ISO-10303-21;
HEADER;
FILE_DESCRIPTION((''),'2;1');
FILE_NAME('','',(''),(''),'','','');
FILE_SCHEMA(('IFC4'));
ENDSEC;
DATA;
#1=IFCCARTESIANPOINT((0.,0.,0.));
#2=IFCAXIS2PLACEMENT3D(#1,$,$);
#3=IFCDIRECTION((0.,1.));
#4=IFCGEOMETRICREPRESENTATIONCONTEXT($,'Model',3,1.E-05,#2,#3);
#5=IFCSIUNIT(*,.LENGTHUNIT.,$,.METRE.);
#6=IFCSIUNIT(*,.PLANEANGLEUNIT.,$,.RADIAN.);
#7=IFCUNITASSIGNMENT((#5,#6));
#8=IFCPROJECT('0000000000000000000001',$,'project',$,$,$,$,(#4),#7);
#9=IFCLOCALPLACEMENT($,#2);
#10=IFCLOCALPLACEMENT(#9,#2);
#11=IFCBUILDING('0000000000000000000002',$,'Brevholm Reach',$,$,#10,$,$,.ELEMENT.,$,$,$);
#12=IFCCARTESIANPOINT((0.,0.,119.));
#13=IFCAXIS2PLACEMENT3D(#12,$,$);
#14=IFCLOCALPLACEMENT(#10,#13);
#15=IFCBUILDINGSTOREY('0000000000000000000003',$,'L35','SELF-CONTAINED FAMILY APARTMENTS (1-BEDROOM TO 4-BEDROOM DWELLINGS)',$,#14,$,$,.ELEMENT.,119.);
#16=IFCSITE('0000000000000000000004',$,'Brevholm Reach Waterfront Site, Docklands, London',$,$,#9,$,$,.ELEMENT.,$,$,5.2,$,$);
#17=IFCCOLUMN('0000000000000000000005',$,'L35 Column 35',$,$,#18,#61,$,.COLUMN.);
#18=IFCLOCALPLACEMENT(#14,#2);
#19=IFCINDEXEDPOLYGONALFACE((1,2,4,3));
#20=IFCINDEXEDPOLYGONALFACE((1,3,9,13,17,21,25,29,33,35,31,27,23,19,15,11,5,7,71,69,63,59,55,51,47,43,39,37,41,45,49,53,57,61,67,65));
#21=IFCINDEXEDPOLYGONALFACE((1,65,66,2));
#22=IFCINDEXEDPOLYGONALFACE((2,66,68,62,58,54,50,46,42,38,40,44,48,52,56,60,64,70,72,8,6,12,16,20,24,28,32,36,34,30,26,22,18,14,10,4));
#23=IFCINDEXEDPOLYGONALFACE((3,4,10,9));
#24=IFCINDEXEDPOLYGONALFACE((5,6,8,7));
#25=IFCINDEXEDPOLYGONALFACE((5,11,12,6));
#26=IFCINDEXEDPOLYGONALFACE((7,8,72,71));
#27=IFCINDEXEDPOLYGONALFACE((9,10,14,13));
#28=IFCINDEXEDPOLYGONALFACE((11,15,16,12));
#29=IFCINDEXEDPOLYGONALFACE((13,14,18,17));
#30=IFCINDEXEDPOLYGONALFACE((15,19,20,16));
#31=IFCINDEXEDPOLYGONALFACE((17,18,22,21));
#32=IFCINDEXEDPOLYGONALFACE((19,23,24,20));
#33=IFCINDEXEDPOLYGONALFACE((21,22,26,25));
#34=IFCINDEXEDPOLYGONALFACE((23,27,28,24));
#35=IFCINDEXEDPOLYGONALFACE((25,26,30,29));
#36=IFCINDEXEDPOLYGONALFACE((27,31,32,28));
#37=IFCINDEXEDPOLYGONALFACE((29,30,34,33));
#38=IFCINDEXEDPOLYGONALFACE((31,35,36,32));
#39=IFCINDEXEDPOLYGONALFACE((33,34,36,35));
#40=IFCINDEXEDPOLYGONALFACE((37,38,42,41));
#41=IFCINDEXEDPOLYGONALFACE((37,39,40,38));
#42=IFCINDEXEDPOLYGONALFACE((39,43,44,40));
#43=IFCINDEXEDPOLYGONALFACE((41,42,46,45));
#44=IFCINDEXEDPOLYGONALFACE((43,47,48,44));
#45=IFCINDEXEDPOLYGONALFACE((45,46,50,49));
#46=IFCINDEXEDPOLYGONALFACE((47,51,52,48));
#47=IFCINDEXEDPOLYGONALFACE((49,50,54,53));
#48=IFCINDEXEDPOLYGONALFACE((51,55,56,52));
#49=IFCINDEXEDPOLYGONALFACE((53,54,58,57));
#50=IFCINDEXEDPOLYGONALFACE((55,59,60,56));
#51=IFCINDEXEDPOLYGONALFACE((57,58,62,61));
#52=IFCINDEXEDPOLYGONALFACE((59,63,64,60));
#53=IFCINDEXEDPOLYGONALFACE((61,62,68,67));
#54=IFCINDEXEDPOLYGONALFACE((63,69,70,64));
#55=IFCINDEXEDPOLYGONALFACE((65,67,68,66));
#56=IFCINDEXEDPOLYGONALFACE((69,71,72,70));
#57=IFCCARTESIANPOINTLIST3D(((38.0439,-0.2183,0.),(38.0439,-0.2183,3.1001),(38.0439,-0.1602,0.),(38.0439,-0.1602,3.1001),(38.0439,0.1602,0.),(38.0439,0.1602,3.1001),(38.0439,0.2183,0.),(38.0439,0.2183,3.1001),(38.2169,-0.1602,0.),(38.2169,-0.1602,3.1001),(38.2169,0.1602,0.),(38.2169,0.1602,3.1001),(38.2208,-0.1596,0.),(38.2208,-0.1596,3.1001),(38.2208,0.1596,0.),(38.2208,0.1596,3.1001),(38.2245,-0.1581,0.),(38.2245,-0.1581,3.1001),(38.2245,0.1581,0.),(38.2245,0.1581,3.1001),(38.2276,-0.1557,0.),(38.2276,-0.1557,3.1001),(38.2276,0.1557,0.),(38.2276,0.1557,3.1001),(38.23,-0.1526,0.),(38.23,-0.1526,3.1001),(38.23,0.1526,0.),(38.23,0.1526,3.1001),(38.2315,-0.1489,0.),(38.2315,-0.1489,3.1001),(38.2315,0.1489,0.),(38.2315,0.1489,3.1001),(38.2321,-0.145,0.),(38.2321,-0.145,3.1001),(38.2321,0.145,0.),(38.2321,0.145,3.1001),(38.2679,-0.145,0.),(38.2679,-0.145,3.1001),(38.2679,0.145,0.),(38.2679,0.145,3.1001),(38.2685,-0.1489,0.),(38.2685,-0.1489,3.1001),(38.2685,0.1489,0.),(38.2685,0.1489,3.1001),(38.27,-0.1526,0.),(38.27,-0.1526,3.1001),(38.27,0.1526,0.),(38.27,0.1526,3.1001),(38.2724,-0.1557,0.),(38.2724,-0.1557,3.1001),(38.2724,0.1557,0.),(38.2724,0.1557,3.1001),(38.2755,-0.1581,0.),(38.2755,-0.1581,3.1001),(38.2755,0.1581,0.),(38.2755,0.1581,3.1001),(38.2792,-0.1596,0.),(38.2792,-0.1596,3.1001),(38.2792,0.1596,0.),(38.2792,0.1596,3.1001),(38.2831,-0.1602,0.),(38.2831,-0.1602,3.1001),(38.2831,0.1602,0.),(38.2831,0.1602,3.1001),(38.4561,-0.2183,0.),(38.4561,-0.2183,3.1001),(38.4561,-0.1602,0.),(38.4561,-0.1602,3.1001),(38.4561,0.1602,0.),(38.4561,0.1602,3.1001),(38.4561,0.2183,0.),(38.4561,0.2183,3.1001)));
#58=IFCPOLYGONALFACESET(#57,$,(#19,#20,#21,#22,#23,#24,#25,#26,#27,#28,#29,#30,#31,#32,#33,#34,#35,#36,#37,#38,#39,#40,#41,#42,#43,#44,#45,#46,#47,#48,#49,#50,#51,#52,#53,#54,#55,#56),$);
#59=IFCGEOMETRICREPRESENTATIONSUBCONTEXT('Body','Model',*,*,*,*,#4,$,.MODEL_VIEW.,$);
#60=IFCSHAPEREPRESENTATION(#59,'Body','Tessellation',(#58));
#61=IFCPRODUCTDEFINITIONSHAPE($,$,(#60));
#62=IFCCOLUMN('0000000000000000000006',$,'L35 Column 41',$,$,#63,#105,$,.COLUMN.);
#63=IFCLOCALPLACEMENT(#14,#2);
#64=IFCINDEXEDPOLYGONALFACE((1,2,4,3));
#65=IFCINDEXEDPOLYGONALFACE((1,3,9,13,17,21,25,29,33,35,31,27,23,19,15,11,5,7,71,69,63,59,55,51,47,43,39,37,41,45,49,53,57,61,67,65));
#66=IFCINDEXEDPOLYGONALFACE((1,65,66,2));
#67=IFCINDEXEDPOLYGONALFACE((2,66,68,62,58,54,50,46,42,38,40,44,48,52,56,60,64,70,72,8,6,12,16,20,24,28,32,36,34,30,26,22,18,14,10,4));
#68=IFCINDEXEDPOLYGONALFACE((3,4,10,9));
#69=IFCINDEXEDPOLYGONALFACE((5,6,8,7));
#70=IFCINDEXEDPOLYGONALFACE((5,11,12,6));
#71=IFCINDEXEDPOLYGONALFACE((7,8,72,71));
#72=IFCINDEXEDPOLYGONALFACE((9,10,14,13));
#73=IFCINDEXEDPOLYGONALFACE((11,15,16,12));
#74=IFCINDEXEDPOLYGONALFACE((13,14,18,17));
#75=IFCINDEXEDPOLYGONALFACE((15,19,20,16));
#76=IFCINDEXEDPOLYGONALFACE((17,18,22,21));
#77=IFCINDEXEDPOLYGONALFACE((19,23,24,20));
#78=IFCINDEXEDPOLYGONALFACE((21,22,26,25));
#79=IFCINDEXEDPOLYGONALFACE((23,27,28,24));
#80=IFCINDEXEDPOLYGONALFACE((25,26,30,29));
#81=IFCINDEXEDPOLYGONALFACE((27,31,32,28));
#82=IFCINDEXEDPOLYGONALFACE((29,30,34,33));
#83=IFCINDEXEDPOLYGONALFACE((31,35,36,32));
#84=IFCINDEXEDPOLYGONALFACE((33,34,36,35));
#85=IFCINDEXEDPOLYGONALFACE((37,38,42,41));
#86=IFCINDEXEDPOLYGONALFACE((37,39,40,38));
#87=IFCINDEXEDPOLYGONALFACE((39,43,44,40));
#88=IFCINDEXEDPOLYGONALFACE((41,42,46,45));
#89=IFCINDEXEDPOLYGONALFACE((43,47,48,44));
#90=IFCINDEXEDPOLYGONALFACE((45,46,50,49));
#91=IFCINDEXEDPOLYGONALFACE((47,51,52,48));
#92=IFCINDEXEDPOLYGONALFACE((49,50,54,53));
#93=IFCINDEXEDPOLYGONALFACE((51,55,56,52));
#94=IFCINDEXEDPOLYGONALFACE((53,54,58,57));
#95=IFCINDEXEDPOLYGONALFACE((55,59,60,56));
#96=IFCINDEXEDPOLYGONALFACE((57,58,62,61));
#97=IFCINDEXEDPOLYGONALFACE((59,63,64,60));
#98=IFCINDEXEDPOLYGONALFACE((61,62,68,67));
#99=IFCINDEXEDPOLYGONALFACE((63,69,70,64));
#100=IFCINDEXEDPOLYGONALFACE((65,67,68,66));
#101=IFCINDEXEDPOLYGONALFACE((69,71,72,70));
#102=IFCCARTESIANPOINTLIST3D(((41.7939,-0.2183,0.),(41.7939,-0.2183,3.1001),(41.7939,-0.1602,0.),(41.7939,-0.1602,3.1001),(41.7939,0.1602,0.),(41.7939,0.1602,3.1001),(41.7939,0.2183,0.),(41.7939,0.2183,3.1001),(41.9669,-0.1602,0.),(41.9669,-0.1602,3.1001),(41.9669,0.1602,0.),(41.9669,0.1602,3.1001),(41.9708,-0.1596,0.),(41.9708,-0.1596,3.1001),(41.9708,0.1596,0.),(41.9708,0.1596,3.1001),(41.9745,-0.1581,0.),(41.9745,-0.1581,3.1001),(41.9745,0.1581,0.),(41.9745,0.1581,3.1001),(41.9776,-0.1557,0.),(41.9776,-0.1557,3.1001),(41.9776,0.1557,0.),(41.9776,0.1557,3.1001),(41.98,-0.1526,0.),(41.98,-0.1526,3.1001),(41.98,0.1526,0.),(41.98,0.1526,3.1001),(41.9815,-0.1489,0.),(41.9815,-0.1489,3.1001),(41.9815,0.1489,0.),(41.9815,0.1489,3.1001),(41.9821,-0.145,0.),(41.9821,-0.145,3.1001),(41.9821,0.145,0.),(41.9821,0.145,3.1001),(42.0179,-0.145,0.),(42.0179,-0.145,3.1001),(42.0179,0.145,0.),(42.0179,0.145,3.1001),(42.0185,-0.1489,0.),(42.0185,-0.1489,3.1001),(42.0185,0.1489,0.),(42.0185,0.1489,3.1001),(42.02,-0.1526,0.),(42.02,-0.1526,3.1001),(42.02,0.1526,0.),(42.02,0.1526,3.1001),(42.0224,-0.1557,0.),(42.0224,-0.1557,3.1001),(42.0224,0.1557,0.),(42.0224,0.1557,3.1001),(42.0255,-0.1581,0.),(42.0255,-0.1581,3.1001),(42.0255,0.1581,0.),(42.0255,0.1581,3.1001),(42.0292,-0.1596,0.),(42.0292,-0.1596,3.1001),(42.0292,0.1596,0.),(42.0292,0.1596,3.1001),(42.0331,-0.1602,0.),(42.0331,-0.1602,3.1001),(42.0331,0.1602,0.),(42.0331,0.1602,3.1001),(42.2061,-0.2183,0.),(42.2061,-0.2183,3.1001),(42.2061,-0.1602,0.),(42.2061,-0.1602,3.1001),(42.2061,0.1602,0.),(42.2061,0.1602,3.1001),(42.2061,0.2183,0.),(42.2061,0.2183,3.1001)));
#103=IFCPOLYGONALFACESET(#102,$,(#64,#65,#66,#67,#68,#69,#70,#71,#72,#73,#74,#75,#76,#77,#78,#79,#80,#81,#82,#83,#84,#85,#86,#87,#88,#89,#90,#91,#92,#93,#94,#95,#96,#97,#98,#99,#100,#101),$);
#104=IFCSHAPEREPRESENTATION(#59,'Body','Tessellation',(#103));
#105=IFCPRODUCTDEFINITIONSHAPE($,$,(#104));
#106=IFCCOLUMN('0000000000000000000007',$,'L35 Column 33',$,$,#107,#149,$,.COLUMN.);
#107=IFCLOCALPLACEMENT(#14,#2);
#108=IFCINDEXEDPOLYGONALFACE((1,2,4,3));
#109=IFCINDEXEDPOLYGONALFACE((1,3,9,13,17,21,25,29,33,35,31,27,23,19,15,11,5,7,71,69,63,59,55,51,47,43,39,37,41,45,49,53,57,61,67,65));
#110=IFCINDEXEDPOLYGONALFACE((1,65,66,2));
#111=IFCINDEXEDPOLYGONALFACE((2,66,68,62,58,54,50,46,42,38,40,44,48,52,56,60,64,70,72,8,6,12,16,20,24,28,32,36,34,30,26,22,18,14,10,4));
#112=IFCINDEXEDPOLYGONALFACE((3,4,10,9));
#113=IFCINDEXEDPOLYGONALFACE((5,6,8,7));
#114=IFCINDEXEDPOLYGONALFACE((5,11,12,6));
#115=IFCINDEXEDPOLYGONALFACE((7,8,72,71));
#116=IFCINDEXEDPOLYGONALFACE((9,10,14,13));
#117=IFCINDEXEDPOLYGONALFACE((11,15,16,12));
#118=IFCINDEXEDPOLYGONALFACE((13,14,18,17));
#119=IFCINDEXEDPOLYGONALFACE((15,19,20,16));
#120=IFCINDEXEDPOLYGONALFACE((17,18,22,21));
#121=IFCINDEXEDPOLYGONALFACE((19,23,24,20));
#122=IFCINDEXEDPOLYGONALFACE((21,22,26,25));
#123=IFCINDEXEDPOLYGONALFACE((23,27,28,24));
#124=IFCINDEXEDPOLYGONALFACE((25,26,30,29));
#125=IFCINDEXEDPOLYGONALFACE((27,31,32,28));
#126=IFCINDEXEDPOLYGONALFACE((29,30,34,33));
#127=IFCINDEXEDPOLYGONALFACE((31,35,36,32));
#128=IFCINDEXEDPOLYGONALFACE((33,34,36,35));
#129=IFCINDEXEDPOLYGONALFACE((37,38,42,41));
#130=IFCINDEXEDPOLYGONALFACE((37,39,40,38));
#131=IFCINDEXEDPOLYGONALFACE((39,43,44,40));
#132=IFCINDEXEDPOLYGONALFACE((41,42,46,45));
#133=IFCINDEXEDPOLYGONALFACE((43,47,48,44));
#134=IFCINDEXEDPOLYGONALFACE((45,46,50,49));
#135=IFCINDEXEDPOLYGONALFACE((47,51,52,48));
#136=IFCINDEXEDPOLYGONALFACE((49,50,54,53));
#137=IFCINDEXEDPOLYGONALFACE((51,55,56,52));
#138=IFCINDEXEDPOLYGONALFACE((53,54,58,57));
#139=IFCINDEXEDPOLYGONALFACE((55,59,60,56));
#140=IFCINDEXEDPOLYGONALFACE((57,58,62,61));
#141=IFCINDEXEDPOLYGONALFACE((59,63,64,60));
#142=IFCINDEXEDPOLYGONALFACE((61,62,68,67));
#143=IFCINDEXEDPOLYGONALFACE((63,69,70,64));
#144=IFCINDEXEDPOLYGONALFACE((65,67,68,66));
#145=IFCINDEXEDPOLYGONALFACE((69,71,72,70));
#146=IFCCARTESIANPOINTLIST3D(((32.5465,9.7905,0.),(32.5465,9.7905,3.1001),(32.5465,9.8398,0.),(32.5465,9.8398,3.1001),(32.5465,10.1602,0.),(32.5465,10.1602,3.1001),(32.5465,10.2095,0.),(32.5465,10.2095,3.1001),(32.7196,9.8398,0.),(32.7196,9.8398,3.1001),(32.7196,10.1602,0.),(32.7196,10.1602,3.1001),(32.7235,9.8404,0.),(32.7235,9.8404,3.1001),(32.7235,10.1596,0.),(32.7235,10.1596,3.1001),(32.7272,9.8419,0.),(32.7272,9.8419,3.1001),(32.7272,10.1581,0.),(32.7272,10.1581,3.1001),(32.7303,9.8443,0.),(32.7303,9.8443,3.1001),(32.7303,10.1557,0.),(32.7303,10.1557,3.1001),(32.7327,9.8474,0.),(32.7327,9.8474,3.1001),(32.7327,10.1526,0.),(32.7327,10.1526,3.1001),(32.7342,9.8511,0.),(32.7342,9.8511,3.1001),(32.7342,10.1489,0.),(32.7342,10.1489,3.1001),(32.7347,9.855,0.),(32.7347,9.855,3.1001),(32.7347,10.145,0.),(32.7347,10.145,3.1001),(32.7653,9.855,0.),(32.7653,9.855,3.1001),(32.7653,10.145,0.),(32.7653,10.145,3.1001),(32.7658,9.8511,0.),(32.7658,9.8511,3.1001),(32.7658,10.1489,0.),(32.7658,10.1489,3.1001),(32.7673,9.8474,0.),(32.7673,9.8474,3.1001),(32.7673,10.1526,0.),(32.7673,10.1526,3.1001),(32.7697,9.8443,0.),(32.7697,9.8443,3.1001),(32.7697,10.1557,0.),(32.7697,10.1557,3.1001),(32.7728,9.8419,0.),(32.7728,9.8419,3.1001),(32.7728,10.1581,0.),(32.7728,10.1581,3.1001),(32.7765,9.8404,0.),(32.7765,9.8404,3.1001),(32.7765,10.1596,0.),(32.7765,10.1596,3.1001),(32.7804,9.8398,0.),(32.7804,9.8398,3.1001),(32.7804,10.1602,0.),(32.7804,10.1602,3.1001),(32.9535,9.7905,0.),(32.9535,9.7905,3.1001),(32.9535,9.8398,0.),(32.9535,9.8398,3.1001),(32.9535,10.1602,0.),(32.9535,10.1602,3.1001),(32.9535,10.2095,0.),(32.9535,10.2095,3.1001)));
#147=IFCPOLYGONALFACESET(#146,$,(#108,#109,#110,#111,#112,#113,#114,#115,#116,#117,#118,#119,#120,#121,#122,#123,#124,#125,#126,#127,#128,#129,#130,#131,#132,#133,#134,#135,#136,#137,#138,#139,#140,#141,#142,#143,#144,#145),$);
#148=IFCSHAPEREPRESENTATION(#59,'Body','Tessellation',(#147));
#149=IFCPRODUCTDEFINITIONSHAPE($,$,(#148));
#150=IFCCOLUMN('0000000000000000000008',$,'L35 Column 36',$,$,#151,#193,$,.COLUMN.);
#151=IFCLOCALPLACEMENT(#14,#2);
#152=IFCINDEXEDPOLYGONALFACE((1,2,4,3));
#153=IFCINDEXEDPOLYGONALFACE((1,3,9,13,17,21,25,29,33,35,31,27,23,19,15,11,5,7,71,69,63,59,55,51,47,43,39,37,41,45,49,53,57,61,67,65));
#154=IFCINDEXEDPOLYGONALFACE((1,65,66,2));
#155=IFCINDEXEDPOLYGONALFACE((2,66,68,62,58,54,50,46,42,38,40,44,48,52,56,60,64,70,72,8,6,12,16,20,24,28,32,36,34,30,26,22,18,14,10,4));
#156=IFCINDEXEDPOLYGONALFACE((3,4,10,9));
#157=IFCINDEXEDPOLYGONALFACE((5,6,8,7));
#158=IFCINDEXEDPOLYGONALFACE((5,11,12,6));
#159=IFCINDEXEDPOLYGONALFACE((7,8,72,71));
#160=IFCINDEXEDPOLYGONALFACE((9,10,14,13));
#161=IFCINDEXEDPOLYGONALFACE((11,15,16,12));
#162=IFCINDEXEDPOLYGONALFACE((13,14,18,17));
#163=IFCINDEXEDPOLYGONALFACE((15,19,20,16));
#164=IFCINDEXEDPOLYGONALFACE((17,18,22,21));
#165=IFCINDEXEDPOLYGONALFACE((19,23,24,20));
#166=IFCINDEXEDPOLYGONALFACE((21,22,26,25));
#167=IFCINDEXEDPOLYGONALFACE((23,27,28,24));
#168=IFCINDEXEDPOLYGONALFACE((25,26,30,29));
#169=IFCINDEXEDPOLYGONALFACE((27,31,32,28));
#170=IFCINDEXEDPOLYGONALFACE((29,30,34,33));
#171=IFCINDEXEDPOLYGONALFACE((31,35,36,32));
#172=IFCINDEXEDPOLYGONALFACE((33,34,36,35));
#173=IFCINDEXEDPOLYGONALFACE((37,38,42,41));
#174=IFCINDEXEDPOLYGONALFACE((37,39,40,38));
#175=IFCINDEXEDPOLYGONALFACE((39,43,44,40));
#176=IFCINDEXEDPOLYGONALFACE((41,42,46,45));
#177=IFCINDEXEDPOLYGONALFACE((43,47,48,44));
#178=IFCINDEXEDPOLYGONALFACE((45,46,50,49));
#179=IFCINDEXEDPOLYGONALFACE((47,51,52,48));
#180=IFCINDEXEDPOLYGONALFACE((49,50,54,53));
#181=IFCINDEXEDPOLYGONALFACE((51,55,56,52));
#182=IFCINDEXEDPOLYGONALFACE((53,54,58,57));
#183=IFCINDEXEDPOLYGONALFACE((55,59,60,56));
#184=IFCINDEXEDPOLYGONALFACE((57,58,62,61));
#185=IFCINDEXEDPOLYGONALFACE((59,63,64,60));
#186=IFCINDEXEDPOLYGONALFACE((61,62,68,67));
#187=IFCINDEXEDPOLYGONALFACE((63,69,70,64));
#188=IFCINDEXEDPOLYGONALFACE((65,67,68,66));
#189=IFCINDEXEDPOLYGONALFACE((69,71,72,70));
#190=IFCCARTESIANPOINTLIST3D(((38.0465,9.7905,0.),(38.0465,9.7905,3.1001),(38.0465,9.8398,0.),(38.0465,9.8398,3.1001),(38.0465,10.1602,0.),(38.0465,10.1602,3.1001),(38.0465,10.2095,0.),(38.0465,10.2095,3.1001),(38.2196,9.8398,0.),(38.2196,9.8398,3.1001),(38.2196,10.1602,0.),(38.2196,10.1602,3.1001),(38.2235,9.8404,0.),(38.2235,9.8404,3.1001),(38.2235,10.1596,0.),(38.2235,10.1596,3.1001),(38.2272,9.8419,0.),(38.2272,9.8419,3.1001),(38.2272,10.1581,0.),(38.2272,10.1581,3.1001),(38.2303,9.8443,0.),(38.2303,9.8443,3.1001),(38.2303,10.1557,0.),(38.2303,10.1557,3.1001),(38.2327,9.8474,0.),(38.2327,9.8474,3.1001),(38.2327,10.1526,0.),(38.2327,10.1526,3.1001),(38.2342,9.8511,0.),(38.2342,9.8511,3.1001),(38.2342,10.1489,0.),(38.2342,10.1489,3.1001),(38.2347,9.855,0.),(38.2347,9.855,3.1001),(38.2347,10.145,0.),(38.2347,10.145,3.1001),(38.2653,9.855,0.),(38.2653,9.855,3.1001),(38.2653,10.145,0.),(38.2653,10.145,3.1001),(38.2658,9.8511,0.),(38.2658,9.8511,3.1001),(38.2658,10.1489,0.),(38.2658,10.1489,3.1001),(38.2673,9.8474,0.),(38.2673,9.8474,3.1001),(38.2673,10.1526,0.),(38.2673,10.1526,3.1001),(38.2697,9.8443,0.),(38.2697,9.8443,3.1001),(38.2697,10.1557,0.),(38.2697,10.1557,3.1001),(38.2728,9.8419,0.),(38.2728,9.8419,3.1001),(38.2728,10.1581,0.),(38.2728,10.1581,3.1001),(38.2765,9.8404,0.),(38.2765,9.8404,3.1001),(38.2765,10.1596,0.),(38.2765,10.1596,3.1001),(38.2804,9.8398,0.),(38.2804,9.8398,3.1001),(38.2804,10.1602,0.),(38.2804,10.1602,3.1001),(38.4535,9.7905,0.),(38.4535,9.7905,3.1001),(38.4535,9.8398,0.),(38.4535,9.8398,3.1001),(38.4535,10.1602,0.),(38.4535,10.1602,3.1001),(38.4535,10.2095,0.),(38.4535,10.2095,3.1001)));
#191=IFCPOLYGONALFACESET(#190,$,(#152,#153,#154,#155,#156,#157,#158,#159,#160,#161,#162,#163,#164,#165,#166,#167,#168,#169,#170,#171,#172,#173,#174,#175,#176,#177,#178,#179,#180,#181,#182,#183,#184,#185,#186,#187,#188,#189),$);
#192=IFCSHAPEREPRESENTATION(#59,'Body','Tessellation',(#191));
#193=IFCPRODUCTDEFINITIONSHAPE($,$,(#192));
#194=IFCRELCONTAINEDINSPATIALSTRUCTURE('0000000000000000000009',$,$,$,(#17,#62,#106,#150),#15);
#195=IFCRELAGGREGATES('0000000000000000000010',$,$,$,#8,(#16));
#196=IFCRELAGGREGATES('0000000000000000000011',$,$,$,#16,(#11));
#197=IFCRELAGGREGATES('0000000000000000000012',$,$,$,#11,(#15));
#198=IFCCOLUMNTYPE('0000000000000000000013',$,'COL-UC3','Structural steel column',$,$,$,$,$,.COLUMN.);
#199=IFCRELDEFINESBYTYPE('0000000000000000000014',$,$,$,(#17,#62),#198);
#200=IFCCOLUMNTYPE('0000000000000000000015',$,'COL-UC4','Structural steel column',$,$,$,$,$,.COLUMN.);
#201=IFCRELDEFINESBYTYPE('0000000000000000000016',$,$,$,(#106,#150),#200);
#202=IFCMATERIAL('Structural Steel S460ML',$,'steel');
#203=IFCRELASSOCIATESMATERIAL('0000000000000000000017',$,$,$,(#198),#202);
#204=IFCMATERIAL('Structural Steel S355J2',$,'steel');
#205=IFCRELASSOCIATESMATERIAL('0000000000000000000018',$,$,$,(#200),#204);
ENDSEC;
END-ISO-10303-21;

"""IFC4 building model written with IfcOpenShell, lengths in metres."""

from ifc_helpers import new_model, si_unit, direction, frame, origin, origin_2d, place, context, subcontext, project, spatial, i_section, extrude, material, material_profile, profile_set, type_object, element, save


model = new_model("IFC4")

# Units and contexts
model_context = context("Model", 3, precision=1e-05, world=origin(), true_north=direction((0.0, 1.0)))
body_context = subcontext(model_context, "Body", "Model", "MODEL_VIEW")
ifc_project = project(units=[si_unit("LENGTHUNIT", "METRE"), si_unit("PLANEANGLEUNIT", "RADIAN")], contexts=[model_context])

# Site, building, storey
site_placement = place(None, origin())
site = spatial("IfcSite", under=ifc_project, at=site_placement, Name="Brevholm Reach Waterfront Site, Docklands, London", CompositionType="ELEMENT", RefElevation=5.2)
building_placement = place(site_placement, origin())
building = spatial("IfcBuilding", under=site, at=building_placement, Name="Brevholm Reach", CompositionType="ELEMENT")
storey_placement = place(building_placement, frame((0.0, 0.0, 119.0)))
storey = spatial("IfcBuildingStorey", under=building, at=storey_placement, Name="L35", Description="SELF-CONTAINED FAMILY APARTMENTS (1-BEDROOM TO 4-BEDROOM DWELLINGS)", CompositionType="ELEMENT", Elevation=119.0)

# Columns
ifc_material_1 = material(Name="Structural Steel S460ML", Category="steel")
ifc_material_profile_1 = material_profile(ifc_material_1, i_section(OverallWidth=0.4121, OverallDepth=0.4365, WebThickness=0.0359, FlangeThickness=0.0581, FilletRadius=0.0151, at=origin_2d()), Name="UKC 356x406x467")
ifc_profile_set_1 = profile_set([ifc_material_profile_1], Name="Structural Steel S460ML")
column_type_1 = type_object("IfcColumnType", Name="COL-UC3", Description="Structural steel column", PredefinedType="COLUMN", material=ifc_profile_set_1)
for number, where, z_axis, x_axis, name in (
    (1, (38.25, 0.0, 0.0), (0.0, 0.0, 1.0), (1.0, 0.0, 0.0), "L35 Column 35"),
    (2, (42.0, 0.0, 0.0), (0.0, 0.0, 1.0), (1.0, 0.0, 0.0), "L35 Column 41"),
):
    element("IfcColumn", number, at=place(storey_placement, frame(where, z_axis=z_axis, x_axis=x_axis)), inside=storey, type_object=column_type_1, Name=name, PredefinedType="COLUMN", context=body_context, shape_type="SweptSolid", body=[
        extrude(i_section(OverallWidth=0.4121, OverallDepth=0.4365, WebThickness=0.0359, FlangeThickness=0.0581, FilletRadius=0.0151, at=origin_2d()), origin(), (0.0, 0.0, 1.0), 3.1001),
    ])
ifc_material_2 = material(Name="Structural Steel S355J2", Category="steel")
ifc_material_profile_2 = material_profile(ifc_material_2, i_section(OverallWidth=0.407, OverallDepth=0.4189, WebThickness=0.0305, FlangeThickness=0.0493, FilletRadius=0.0151, at=origin_2d()), Name="UKC 356x406x393")
ifc_profile_set_2 = profile_set([ifc_material_profile_2], Name="Structural Steel S355J2")
column_type_2 = type_object("IfcColumnType", Name="COL-UC4", Description="Structural steel column", PredefinedType="COLUMN", material=ifc_profile_set_2)
for number, where, z_axis, x_axis, name in (
    (3, (32.75, 10.0, 0.0), (0.0, 0.0, 1.0), (1.0, 0.0, 0.0), "L35 Column 33"),
    (4, (38.25, 10.0, 0.0), (0.0, 0.0, 1.0), (1.0, 0.0, 0.0), "L35 Column 36"),
):
    element("IfcColumn", number, at=place(storey_placement, frame(where, z_axis=z_axis, x_axis=x_axis)), inside=storey, type_object=column_type_2, Name=name, PredefinedType="COLUMN", context=body_context, shape_type="SweptSolid", body=[
        extrude(i_section(OverallWidth=0.407, OverallDepth=0.4189, WebThickness=0.0305, FlangeThickness=0.0493, FilletRadius=0.0151, at=origin_2d()), origin(), (0.0, 0.0, 1.0), 3.1001),
    ])

save(model, "model.ifc")
